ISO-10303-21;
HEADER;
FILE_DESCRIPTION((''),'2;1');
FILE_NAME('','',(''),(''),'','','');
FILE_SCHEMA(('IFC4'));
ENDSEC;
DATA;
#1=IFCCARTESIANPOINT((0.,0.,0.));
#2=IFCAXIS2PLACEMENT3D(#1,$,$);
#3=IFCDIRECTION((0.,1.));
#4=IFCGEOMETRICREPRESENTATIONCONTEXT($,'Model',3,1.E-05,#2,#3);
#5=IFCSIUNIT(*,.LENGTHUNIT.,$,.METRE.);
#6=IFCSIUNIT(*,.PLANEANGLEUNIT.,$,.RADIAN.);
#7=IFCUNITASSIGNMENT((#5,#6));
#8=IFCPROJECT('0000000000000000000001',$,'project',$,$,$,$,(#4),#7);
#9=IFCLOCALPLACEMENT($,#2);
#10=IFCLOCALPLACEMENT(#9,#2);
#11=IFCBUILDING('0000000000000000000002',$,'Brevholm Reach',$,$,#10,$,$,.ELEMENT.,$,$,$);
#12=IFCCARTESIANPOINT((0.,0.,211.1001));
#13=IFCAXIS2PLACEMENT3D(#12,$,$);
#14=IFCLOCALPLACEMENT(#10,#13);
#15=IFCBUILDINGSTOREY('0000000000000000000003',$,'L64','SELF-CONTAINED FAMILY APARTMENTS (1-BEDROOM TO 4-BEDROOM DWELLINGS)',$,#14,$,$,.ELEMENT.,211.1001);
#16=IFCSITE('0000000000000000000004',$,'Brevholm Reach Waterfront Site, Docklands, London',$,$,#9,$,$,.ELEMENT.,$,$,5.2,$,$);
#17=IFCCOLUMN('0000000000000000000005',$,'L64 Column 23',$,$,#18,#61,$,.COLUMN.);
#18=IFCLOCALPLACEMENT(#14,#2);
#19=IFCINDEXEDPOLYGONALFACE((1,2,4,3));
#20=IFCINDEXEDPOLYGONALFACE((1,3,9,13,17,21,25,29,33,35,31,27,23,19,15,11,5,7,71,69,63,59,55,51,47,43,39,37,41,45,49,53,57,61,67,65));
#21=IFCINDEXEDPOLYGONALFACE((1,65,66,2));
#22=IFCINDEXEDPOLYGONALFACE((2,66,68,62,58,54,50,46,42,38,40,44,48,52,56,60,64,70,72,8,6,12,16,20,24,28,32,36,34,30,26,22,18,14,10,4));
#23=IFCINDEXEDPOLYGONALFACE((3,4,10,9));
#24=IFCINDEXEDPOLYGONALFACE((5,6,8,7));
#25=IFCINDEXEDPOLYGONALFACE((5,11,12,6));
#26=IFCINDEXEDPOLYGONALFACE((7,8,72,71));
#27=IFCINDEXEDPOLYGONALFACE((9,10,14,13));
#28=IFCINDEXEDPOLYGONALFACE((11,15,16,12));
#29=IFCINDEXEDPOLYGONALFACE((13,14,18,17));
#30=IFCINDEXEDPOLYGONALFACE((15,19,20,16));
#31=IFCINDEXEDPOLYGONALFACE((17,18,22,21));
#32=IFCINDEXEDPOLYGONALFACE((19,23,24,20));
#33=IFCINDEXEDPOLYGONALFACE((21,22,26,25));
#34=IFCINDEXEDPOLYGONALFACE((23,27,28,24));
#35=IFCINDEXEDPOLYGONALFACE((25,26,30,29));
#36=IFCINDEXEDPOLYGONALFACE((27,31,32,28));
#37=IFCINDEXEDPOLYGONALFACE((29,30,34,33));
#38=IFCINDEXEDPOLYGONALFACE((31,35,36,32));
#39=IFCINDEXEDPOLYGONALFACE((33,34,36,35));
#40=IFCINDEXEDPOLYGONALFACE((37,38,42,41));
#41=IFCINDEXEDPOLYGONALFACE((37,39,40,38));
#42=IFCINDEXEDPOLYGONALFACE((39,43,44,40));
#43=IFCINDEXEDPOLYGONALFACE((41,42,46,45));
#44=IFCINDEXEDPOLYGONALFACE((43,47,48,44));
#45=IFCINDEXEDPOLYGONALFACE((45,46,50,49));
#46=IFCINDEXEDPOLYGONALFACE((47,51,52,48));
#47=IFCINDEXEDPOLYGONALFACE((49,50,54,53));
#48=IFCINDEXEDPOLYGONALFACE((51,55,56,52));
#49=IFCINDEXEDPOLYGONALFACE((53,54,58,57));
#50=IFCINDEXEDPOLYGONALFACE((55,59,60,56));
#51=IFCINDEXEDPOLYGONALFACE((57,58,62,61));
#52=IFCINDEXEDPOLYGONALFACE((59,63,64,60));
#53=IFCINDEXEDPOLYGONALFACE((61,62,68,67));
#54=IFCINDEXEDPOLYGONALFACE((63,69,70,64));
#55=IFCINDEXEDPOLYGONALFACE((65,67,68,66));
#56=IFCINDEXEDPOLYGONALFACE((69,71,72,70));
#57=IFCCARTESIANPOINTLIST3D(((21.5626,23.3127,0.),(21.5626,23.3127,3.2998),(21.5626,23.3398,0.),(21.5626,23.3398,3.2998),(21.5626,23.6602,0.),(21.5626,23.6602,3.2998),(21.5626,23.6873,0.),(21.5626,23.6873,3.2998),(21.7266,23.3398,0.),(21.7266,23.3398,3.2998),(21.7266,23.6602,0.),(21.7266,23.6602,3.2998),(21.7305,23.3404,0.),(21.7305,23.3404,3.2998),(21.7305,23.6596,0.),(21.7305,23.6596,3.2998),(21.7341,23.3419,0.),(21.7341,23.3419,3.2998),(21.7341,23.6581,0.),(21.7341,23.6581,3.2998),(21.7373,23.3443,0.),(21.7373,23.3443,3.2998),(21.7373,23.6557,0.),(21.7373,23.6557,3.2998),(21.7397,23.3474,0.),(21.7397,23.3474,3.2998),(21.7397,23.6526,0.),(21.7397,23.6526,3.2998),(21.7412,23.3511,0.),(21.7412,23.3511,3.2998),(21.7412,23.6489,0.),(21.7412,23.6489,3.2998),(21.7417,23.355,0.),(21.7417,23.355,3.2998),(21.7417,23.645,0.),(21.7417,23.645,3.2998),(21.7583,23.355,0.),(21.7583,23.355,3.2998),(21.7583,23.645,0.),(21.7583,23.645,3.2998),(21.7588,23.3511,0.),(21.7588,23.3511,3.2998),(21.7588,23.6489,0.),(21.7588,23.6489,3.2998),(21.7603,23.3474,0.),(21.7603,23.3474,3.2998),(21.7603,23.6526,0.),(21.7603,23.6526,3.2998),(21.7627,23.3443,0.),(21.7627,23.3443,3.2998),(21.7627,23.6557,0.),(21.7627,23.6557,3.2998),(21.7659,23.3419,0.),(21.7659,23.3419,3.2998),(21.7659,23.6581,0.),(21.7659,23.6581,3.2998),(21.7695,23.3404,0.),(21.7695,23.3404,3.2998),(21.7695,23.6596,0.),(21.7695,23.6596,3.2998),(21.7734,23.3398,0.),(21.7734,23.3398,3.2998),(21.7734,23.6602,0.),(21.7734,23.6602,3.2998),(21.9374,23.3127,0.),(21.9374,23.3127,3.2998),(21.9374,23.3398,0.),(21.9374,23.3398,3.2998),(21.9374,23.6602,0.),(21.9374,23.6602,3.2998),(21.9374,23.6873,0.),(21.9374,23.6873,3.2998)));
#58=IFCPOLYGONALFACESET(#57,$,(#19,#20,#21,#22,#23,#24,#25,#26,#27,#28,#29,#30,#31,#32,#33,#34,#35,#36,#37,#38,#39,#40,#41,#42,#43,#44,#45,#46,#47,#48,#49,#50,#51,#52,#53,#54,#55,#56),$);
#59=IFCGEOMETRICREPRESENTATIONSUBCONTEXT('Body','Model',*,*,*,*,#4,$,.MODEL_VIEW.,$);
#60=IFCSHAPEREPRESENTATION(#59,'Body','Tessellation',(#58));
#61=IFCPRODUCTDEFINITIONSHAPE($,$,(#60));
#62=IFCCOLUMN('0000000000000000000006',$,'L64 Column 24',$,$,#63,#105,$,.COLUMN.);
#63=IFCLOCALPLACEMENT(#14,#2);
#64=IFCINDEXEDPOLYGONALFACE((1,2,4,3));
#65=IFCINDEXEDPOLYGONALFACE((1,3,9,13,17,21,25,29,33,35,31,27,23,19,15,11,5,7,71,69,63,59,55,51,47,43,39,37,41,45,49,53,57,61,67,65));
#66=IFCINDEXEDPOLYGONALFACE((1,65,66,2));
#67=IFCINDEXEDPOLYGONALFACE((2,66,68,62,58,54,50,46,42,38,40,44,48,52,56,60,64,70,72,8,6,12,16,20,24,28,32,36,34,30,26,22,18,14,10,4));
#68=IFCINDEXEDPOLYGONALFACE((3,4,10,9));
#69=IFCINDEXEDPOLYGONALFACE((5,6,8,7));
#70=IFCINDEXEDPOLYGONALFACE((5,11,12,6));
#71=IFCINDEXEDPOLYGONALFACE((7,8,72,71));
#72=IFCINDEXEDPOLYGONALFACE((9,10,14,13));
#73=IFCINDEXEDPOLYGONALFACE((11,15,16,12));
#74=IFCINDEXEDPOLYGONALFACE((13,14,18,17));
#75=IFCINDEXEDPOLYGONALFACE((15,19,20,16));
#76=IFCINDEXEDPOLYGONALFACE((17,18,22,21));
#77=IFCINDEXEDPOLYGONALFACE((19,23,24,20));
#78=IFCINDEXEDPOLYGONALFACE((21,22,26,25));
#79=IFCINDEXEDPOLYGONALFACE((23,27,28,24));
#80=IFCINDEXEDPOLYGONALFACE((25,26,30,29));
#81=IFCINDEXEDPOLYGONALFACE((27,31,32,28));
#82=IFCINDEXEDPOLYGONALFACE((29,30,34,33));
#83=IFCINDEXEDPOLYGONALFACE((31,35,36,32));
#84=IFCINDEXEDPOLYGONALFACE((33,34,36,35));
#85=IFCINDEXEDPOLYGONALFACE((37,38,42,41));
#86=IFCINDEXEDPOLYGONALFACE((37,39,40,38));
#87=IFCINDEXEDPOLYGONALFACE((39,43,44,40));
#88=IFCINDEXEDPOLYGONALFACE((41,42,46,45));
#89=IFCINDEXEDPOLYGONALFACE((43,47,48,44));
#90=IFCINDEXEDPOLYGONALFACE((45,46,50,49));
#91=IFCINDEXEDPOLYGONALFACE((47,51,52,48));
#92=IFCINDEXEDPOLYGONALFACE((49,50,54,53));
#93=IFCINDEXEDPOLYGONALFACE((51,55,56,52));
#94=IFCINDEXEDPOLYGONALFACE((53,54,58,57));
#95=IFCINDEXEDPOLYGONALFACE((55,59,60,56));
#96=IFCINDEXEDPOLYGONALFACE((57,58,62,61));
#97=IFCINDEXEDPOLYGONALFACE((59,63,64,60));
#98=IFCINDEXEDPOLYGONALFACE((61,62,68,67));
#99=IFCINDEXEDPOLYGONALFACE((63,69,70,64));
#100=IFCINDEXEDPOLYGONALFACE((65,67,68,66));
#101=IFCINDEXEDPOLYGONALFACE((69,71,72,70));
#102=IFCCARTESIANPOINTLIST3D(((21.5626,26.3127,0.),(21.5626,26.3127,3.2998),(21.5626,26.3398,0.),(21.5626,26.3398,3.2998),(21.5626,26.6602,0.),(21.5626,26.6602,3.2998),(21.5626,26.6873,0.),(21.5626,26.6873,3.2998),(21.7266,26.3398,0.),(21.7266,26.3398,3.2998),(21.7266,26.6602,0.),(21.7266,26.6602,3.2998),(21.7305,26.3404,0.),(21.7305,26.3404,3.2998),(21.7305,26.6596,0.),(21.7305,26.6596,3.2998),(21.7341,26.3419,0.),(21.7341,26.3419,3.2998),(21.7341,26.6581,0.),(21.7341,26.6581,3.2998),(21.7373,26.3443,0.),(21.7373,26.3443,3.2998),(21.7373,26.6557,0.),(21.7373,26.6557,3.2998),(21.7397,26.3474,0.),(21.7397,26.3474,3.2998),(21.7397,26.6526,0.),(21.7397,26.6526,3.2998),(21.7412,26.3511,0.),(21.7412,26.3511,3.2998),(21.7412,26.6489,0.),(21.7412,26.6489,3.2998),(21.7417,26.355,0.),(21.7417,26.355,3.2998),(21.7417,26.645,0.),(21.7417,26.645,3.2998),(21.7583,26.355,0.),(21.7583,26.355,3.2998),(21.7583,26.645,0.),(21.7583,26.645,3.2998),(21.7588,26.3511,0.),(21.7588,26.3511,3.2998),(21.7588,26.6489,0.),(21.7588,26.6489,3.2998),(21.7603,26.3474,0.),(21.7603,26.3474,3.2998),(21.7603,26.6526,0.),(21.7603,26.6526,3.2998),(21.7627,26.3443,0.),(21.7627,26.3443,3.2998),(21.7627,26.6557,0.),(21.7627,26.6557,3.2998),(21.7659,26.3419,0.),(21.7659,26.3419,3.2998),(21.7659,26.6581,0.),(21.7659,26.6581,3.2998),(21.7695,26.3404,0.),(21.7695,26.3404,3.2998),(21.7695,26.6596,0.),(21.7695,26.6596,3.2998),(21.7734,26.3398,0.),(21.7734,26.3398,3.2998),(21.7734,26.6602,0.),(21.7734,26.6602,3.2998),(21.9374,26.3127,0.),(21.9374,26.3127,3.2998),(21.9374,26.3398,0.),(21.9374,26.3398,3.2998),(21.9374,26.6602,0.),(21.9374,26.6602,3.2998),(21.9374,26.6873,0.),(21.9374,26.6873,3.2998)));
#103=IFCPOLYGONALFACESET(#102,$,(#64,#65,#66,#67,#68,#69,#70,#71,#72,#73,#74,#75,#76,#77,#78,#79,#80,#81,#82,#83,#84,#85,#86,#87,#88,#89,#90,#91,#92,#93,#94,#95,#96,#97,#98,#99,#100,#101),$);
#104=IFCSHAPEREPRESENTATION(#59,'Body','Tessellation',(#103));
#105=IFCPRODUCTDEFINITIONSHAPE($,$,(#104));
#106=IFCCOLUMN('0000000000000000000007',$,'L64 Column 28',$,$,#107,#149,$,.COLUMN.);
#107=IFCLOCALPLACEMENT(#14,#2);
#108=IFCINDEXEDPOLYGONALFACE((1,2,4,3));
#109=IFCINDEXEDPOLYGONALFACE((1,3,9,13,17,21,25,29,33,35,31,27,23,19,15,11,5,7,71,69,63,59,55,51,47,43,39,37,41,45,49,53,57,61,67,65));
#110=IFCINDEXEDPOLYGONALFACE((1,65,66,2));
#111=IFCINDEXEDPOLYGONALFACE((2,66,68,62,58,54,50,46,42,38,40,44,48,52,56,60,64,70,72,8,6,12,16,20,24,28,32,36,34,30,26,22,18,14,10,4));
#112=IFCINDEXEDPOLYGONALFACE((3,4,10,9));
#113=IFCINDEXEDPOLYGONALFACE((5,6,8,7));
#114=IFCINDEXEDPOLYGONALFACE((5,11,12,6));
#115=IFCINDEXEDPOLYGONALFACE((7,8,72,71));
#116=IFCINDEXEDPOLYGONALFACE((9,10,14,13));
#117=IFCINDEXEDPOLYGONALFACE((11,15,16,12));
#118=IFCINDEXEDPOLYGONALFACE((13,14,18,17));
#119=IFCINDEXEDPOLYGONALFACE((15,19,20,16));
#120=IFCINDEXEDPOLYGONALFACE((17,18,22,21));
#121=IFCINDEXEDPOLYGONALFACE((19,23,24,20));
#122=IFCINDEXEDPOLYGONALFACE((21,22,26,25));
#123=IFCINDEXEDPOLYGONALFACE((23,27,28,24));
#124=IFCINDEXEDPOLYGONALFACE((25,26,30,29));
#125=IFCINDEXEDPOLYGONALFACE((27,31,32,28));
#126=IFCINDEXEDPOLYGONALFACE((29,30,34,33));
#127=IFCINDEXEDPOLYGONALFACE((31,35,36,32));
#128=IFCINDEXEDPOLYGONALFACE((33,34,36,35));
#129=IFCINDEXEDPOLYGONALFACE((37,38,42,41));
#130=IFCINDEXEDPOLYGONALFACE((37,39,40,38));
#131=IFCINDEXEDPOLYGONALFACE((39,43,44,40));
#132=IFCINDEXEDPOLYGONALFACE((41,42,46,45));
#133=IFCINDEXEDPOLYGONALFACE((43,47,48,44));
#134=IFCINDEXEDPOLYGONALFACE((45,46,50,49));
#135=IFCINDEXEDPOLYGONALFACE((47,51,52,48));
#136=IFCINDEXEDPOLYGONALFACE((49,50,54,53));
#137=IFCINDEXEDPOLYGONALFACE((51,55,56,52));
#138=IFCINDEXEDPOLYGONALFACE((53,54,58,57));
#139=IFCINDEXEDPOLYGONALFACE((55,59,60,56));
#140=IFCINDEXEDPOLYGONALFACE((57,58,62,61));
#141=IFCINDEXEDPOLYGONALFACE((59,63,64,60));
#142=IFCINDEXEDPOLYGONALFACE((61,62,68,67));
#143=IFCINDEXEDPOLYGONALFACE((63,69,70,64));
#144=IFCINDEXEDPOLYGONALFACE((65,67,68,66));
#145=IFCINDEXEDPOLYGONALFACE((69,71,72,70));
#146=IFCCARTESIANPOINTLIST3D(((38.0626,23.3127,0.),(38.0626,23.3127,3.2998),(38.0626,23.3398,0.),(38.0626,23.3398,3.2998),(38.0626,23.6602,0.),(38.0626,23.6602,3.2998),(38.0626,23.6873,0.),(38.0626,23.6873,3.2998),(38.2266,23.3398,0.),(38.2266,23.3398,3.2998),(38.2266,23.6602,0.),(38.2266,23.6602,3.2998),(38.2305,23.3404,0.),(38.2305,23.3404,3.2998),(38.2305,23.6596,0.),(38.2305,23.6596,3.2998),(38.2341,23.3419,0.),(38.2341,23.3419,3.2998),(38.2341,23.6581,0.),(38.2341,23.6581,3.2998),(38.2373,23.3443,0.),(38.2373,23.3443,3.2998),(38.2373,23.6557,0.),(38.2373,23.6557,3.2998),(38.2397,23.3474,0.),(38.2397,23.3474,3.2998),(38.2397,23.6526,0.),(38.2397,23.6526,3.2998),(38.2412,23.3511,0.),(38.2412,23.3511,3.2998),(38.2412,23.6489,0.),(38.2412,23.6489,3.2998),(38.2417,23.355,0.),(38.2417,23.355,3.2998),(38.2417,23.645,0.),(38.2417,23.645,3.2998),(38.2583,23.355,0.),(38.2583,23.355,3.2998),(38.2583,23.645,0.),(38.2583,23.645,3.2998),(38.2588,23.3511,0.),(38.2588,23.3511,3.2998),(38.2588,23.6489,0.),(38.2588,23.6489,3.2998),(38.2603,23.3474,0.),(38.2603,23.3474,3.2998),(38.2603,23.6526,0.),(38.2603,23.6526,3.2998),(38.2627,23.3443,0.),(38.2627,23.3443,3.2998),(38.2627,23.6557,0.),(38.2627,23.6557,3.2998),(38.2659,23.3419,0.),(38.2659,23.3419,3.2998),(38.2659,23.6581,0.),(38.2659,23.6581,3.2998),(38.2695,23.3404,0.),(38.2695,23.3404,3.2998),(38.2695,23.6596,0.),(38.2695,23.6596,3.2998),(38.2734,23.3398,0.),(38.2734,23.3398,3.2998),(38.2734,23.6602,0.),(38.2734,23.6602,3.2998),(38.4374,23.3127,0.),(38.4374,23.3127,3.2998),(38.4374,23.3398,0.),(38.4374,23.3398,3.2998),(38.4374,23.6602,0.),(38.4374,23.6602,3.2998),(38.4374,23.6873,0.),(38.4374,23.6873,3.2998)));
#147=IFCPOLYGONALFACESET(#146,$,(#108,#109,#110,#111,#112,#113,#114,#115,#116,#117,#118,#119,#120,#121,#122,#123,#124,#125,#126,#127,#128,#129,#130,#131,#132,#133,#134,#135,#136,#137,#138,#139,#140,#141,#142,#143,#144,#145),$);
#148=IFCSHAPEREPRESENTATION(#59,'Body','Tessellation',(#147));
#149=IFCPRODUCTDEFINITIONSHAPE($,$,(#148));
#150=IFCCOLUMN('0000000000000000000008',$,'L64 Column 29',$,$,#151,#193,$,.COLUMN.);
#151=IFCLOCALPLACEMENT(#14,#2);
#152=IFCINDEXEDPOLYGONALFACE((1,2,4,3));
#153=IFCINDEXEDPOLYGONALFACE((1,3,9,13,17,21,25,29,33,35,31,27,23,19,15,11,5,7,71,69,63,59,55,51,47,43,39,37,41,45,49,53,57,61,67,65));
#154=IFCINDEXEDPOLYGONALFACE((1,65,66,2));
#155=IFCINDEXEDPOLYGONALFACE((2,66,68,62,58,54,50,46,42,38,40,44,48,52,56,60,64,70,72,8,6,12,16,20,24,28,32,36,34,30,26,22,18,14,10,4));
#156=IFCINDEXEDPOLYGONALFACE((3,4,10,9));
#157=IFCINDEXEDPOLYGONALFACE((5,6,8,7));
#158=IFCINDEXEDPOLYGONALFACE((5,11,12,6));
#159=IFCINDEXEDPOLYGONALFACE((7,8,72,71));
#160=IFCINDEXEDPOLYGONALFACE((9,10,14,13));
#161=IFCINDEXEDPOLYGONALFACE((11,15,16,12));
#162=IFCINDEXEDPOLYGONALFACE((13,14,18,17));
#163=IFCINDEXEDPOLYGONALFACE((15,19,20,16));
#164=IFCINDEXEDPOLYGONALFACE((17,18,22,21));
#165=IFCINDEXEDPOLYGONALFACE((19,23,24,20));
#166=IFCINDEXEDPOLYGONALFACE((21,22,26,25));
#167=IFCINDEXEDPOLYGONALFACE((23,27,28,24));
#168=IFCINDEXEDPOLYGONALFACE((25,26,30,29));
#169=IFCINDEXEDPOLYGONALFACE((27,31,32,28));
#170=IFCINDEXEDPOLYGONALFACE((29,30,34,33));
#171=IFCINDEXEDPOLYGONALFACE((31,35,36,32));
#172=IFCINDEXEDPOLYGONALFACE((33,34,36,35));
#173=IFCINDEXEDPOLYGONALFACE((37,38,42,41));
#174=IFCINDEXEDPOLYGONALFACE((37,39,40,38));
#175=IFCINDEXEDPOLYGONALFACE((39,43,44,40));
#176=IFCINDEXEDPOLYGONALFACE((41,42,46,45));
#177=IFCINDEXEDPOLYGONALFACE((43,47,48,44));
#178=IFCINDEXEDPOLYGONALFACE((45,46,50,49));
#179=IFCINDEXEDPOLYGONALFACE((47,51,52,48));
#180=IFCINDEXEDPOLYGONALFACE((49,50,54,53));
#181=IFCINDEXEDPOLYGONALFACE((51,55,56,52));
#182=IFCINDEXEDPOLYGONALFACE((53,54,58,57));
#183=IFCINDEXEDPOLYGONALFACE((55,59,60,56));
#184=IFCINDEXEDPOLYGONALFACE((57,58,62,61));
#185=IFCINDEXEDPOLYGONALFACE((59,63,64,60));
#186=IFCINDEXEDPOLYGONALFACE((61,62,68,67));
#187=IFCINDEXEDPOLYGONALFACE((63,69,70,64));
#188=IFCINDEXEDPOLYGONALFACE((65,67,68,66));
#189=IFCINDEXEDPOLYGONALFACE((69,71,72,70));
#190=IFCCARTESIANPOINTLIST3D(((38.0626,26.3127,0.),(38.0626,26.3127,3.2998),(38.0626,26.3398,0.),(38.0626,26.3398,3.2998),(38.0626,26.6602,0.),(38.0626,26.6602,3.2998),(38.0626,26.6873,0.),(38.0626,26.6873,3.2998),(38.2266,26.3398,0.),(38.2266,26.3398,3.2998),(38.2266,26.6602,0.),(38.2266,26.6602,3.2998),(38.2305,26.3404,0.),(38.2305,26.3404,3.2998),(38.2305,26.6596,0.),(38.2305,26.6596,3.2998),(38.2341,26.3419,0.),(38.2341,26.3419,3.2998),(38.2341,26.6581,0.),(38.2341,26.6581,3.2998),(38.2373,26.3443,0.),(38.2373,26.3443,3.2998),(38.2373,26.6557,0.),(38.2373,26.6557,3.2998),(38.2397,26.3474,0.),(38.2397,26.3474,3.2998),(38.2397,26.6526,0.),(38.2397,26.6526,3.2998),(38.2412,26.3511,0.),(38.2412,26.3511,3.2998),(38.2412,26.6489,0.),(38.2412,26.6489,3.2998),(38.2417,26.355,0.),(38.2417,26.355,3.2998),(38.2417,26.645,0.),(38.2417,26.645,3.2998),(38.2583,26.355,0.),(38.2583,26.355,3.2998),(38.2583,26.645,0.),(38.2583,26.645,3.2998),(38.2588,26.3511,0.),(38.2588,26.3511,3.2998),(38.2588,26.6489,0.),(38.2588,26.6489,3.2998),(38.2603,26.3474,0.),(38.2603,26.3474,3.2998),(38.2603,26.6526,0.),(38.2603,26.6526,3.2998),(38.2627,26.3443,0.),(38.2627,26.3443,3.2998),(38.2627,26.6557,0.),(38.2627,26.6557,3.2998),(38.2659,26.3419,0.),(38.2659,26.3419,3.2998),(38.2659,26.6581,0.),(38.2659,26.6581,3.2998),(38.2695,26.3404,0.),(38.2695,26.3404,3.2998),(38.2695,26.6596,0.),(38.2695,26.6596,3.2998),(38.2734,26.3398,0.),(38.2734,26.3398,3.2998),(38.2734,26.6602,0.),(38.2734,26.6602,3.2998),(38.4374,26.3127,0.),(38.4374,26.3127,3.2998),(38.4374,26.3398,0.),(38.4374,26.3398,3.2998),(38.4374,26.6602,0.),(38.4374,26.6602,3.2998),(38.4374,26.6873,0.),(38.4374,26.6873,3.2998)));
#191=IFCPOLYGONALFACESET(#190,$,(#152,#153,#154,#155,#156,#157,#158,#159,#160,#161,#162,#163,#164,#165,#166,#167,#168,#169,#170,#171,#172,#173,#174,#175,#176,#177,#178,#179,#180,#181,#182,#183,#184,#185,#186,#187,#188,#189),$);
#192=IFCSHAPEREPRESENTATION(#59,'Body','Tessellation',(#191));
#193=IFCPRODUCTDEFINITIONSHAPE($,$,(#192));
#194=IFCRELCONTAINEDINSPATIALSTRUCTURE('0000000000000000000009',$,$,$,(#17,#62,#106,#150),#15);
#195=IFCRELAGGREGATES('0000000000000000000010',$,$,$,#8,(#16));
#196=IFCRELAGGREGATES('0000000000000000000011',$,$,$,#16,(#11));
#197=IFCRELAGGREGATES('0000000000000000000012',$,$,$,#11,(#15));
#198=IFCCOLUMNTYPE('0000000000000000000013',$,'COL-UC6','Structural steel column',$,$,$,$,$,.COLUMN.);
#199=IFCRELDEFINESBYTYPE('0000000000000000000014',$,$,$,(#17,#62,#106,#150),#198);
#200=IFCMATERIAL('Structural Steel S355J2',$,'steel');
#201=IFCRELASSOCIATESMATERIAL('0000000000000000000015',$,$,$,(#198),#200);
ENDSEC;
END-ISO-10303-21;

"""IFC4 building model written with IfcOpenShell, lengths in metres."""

from ifc_helpers import new_model, si_unit, direction, frame, origin, origin_2d, place, context, subcontext, project, spatial, i_section, extrude, material, material_profile, profile_set, type_object, element, save


model = new_model("IFC4")

# Units and contexts
model_context = context("Model", 3, precision=1e-05, world=origin(), true_north=direction((0.0, 1.0)))
body_context = subcontext(model_context, "Body", "Model", "MODEL_VIEW")
ifc_project = project(units=[si_unit("LENGTHUNIT", "METRE"), si_unit("PLANEANGLEUNIT", "RADIAN")], contexts=[model_context])

# Site, building, storey
site_placement = place(None, origin())
site = spatial("IfcSite", under=ifc_project, at=site_placement, Name="Brevholm Reach Waterfront Site, Docklands, London", CompositionType="ELEMENT", RefElevation=5.2)
building_placement = place(site_placement, origin())
building = spatial("IfcBuilding", under=site, at=building_placement, Name="Brevholm Reach", CompositionType="ELEMENT")
storey_placement = place(building_placement, frame((0.0, 0.0, 211.1001)))
storey = spatial("IfcBuildingStorey", under=building, at=storey_placement, Name="L64", Description="SELF-CONTAINED FAMILY APARTMENTS (1-BEDROOM TO 4-BEDROOM DWELLINGS)", CompositionType="ELEMENT", Elevation=211.1001)

# Columns
ifc_material_1 = material(Name="Structural Steel S355J2", Category="steel")
ifc_material_profile_1 = material_profile(ifc_material_1, i_section(OverallWidth=0.3748, OverallDepth=0.3745, WebThickness=0.0166, FlangeThickness=0.0271, FilletRadius=0.0151, at=origin_2d()), Name="UKC 356x368x202")
ifc_profile_set_1 = profile_set([ifc_material_profile_1], Name="Structural Steel S355J2")
column_type = type_object("IfcColumnType", Name="COL-UC6", Description="Structural steel column", PredefinedType="COLUMN", material=ifc_profile_set_1)
for number, where, z_axis, x_axis, name in (
    (1, (21.75, 23.5, 0.0), (0.0, 0.0, 1.0), (1.0, 0.0, 0.0), "L64 Column 23"),
    (2, (21.75, 26.5, 0.0), (0.0, 0.0, 1.0), (1.0, 0.0, 0.0), "L64 Column 24"),
    (3, (38.25, 23.5, 0.0), (0.0, 0.0, 1.0), (1.0, 0.0, 0.0), "L64 Column 28"),
    (4, (38.25, 26.5, 0.0), (0.0, 0.0, 1.0), (1.0, 0.0, 0.0), "L64 Column 29"),
):
    element("IfcColumn", number, at=place(storey_placement, frame(where, z_axis=z_axis, x_axis=x_axis)), inside=storey, type_object=column_type, Name=name, PredefinedType="COLUMN", context=body_context, shape_type="SweptSolid", body=[
        extrude(i_section(OverallWidth=0.3748, OverallDepth=0.3745, WebThickness=0.0166, FlangeThickness=0.0271, FilletRadius=0.0151, at=origin_2d()), origin(), (0.0, 0.0, 1.0), 3.2998),
    ])

save(model, "model.ifc")
